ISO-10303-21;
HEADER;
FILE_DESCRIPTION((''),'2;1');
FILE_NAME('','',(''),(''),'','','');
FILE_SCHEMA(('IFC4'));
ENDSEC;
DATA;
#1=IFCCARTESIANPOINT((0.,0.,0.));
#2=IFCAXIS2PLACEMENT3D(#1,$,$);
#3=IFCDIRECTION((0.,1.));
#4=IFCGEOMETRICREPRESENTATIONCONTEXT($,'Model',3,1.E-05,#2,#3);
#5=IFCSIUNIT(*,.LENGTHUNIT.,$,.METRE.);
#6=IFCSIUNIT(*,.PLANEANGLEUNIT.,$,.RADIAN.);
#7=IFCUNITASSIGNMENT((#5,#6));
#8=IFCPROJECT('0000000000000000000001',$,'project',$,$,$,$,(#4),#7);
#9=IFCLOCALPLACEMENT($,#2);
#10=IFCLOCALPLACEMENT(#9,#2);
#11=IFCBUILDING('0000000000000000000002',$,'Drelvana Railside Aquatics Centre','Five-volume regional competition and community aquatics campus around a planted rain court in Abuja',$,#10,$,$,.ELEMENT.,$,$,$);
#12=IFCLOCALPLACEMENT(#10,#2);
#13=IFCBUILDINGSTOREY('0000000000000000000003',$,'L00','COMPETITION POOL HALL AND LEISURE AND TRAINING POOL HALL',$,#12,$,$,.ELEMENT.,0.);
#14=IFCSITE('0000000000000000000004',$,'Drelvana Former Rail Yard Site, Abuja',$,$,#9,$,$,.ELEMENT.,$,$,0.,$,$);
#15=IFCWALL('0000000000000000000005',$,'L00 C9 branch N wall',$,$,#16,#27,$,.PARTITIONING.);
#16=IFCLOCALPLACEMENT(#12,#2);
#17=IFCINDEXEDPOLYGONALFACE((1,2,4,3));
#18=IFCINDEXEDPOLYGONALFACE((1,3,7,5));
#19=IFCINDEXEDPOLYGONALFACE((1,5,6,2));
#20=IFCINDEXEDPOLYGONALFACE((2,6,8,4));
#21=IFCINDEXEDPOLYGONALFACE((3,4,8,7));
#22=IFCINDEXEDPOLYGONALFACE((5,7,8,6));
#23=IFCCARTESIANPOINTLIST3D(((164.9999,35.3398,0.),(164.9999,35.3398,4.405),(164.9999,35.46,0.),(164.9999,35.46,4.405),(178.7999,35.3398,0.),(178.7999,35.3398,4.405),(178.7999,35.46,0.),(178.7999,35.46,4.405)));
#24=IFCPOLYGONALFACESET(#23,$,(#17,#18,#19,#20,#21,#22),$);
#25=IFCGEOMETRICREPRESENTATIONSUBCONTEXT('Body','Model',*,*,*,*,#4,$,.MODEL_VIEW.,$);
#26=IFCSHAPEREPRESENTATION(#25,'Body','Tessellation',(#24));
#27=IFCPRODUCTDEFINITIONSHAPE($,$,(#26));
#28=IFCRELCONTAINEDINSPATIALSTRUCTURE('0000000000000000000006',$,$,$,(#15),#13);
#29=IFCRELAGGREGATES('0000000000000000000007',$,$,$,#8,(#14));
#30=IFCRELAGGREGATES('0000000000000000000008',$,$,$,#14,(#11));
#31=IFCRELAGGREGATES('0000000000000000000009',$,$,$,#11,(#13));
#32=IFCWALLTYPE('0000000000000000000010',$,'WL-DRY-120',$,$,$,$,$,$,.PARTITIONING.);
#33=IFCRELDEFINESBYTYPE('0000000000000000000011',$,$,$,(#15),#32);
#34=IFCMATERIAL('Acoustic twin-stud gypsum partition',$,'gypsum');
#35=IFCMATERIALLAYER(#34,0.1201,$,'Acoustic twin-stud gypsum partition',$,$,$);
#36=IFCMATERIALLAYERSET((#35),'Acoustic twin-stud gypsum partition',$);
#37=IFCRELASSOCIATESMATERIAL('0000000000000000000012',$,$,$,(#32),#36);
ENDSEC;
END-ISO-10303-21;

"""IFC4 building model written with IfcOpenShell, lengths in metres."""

from ifc_helpers import new_model, si_unit, direction, frame, frame_2d, origin, place, context, subcontext, project, spatial, rectangle, extrude, material, layer, layer_set, type_object, element, save


model = new_model("IFC4")

# Units and contexts
model_context = context("Model", 3, precision=1e-05, world=origin(), true_north=direction((0.0, 1.0)))
body_context = subcontext(model_context, "Body", "Model", "MODEL_VIEW")
ifc_project = project(units=[si_unit("LENGTHUNIT", "METRE"), si_unit("PLANEANGLEUNIT", "RADIAN")], contexts=[model_context])

# Site, building, storey
site_placement = place(None, origin())
site = spatial("IfcSite", under=ifc_project, at=site_placement, Name="Drelvana Former Rail Yard Site, Abuja", CompositionType="ELEMENT", RefElevation=0.0)
building_placement = place(site_placement, origin())
building = spatial("IfcBuilding", under=site, at=building_placement, Name="Drelvana Railside Aquatics Centre", Description="Five-volume regional competition and community aquatics campus around a planted rain court in Abuja", CompositionType="ELEMENT")
storey_placement = place(building_placement, origin())
storey = spatial("IfcBuildingStorey", under=building, at=storey_placement, Name="L00", Description="COMPETITION POOL HALL AND LEISURE AND TRAINING POOL HALL", CompositionType="ELEMENT", Elevation=0.0)

# Shared definitions
ifc_material_1 = material(Name="Acoustic twin-stud gypsum partition", Category="gypsum")
ifc_layer = layer(ifc_material_1, 0.1201, Name="Acoustic twin-stud gypsum partition")
ifc_layer_set = layer_set([ifc_layer], Name="Acoustic twin-stud gypsum partition")
wall_type = type_object("IfcWallType", Name="WL-DRY-120", PredefinedType="PARTITIONING", material=ifc_layer_set)

# Wall
wall_1_placement = place(storey_placement, frame((165.0, 35.3999, 0.0), z_axis=(0.0, 0.0, 1.0), x_axis=(1.0, 0.0, 0.0)))
element("IfcWall", 1, at=wall_1_placement, inside=storey, type_object=wall_type, Name="L00 C9 branch N wall", PredefinedType="PARTITIONING", context=body_context, shape_type="SweptSolid", body=[
    extrude(rectangle(XDim=13.8, YDim=0.1201, at=frame_2d((6.8999, 0.0))), origin(), (0.0, 0.0, 1.0), 4.405),
])

save(model, "model.ifc")
